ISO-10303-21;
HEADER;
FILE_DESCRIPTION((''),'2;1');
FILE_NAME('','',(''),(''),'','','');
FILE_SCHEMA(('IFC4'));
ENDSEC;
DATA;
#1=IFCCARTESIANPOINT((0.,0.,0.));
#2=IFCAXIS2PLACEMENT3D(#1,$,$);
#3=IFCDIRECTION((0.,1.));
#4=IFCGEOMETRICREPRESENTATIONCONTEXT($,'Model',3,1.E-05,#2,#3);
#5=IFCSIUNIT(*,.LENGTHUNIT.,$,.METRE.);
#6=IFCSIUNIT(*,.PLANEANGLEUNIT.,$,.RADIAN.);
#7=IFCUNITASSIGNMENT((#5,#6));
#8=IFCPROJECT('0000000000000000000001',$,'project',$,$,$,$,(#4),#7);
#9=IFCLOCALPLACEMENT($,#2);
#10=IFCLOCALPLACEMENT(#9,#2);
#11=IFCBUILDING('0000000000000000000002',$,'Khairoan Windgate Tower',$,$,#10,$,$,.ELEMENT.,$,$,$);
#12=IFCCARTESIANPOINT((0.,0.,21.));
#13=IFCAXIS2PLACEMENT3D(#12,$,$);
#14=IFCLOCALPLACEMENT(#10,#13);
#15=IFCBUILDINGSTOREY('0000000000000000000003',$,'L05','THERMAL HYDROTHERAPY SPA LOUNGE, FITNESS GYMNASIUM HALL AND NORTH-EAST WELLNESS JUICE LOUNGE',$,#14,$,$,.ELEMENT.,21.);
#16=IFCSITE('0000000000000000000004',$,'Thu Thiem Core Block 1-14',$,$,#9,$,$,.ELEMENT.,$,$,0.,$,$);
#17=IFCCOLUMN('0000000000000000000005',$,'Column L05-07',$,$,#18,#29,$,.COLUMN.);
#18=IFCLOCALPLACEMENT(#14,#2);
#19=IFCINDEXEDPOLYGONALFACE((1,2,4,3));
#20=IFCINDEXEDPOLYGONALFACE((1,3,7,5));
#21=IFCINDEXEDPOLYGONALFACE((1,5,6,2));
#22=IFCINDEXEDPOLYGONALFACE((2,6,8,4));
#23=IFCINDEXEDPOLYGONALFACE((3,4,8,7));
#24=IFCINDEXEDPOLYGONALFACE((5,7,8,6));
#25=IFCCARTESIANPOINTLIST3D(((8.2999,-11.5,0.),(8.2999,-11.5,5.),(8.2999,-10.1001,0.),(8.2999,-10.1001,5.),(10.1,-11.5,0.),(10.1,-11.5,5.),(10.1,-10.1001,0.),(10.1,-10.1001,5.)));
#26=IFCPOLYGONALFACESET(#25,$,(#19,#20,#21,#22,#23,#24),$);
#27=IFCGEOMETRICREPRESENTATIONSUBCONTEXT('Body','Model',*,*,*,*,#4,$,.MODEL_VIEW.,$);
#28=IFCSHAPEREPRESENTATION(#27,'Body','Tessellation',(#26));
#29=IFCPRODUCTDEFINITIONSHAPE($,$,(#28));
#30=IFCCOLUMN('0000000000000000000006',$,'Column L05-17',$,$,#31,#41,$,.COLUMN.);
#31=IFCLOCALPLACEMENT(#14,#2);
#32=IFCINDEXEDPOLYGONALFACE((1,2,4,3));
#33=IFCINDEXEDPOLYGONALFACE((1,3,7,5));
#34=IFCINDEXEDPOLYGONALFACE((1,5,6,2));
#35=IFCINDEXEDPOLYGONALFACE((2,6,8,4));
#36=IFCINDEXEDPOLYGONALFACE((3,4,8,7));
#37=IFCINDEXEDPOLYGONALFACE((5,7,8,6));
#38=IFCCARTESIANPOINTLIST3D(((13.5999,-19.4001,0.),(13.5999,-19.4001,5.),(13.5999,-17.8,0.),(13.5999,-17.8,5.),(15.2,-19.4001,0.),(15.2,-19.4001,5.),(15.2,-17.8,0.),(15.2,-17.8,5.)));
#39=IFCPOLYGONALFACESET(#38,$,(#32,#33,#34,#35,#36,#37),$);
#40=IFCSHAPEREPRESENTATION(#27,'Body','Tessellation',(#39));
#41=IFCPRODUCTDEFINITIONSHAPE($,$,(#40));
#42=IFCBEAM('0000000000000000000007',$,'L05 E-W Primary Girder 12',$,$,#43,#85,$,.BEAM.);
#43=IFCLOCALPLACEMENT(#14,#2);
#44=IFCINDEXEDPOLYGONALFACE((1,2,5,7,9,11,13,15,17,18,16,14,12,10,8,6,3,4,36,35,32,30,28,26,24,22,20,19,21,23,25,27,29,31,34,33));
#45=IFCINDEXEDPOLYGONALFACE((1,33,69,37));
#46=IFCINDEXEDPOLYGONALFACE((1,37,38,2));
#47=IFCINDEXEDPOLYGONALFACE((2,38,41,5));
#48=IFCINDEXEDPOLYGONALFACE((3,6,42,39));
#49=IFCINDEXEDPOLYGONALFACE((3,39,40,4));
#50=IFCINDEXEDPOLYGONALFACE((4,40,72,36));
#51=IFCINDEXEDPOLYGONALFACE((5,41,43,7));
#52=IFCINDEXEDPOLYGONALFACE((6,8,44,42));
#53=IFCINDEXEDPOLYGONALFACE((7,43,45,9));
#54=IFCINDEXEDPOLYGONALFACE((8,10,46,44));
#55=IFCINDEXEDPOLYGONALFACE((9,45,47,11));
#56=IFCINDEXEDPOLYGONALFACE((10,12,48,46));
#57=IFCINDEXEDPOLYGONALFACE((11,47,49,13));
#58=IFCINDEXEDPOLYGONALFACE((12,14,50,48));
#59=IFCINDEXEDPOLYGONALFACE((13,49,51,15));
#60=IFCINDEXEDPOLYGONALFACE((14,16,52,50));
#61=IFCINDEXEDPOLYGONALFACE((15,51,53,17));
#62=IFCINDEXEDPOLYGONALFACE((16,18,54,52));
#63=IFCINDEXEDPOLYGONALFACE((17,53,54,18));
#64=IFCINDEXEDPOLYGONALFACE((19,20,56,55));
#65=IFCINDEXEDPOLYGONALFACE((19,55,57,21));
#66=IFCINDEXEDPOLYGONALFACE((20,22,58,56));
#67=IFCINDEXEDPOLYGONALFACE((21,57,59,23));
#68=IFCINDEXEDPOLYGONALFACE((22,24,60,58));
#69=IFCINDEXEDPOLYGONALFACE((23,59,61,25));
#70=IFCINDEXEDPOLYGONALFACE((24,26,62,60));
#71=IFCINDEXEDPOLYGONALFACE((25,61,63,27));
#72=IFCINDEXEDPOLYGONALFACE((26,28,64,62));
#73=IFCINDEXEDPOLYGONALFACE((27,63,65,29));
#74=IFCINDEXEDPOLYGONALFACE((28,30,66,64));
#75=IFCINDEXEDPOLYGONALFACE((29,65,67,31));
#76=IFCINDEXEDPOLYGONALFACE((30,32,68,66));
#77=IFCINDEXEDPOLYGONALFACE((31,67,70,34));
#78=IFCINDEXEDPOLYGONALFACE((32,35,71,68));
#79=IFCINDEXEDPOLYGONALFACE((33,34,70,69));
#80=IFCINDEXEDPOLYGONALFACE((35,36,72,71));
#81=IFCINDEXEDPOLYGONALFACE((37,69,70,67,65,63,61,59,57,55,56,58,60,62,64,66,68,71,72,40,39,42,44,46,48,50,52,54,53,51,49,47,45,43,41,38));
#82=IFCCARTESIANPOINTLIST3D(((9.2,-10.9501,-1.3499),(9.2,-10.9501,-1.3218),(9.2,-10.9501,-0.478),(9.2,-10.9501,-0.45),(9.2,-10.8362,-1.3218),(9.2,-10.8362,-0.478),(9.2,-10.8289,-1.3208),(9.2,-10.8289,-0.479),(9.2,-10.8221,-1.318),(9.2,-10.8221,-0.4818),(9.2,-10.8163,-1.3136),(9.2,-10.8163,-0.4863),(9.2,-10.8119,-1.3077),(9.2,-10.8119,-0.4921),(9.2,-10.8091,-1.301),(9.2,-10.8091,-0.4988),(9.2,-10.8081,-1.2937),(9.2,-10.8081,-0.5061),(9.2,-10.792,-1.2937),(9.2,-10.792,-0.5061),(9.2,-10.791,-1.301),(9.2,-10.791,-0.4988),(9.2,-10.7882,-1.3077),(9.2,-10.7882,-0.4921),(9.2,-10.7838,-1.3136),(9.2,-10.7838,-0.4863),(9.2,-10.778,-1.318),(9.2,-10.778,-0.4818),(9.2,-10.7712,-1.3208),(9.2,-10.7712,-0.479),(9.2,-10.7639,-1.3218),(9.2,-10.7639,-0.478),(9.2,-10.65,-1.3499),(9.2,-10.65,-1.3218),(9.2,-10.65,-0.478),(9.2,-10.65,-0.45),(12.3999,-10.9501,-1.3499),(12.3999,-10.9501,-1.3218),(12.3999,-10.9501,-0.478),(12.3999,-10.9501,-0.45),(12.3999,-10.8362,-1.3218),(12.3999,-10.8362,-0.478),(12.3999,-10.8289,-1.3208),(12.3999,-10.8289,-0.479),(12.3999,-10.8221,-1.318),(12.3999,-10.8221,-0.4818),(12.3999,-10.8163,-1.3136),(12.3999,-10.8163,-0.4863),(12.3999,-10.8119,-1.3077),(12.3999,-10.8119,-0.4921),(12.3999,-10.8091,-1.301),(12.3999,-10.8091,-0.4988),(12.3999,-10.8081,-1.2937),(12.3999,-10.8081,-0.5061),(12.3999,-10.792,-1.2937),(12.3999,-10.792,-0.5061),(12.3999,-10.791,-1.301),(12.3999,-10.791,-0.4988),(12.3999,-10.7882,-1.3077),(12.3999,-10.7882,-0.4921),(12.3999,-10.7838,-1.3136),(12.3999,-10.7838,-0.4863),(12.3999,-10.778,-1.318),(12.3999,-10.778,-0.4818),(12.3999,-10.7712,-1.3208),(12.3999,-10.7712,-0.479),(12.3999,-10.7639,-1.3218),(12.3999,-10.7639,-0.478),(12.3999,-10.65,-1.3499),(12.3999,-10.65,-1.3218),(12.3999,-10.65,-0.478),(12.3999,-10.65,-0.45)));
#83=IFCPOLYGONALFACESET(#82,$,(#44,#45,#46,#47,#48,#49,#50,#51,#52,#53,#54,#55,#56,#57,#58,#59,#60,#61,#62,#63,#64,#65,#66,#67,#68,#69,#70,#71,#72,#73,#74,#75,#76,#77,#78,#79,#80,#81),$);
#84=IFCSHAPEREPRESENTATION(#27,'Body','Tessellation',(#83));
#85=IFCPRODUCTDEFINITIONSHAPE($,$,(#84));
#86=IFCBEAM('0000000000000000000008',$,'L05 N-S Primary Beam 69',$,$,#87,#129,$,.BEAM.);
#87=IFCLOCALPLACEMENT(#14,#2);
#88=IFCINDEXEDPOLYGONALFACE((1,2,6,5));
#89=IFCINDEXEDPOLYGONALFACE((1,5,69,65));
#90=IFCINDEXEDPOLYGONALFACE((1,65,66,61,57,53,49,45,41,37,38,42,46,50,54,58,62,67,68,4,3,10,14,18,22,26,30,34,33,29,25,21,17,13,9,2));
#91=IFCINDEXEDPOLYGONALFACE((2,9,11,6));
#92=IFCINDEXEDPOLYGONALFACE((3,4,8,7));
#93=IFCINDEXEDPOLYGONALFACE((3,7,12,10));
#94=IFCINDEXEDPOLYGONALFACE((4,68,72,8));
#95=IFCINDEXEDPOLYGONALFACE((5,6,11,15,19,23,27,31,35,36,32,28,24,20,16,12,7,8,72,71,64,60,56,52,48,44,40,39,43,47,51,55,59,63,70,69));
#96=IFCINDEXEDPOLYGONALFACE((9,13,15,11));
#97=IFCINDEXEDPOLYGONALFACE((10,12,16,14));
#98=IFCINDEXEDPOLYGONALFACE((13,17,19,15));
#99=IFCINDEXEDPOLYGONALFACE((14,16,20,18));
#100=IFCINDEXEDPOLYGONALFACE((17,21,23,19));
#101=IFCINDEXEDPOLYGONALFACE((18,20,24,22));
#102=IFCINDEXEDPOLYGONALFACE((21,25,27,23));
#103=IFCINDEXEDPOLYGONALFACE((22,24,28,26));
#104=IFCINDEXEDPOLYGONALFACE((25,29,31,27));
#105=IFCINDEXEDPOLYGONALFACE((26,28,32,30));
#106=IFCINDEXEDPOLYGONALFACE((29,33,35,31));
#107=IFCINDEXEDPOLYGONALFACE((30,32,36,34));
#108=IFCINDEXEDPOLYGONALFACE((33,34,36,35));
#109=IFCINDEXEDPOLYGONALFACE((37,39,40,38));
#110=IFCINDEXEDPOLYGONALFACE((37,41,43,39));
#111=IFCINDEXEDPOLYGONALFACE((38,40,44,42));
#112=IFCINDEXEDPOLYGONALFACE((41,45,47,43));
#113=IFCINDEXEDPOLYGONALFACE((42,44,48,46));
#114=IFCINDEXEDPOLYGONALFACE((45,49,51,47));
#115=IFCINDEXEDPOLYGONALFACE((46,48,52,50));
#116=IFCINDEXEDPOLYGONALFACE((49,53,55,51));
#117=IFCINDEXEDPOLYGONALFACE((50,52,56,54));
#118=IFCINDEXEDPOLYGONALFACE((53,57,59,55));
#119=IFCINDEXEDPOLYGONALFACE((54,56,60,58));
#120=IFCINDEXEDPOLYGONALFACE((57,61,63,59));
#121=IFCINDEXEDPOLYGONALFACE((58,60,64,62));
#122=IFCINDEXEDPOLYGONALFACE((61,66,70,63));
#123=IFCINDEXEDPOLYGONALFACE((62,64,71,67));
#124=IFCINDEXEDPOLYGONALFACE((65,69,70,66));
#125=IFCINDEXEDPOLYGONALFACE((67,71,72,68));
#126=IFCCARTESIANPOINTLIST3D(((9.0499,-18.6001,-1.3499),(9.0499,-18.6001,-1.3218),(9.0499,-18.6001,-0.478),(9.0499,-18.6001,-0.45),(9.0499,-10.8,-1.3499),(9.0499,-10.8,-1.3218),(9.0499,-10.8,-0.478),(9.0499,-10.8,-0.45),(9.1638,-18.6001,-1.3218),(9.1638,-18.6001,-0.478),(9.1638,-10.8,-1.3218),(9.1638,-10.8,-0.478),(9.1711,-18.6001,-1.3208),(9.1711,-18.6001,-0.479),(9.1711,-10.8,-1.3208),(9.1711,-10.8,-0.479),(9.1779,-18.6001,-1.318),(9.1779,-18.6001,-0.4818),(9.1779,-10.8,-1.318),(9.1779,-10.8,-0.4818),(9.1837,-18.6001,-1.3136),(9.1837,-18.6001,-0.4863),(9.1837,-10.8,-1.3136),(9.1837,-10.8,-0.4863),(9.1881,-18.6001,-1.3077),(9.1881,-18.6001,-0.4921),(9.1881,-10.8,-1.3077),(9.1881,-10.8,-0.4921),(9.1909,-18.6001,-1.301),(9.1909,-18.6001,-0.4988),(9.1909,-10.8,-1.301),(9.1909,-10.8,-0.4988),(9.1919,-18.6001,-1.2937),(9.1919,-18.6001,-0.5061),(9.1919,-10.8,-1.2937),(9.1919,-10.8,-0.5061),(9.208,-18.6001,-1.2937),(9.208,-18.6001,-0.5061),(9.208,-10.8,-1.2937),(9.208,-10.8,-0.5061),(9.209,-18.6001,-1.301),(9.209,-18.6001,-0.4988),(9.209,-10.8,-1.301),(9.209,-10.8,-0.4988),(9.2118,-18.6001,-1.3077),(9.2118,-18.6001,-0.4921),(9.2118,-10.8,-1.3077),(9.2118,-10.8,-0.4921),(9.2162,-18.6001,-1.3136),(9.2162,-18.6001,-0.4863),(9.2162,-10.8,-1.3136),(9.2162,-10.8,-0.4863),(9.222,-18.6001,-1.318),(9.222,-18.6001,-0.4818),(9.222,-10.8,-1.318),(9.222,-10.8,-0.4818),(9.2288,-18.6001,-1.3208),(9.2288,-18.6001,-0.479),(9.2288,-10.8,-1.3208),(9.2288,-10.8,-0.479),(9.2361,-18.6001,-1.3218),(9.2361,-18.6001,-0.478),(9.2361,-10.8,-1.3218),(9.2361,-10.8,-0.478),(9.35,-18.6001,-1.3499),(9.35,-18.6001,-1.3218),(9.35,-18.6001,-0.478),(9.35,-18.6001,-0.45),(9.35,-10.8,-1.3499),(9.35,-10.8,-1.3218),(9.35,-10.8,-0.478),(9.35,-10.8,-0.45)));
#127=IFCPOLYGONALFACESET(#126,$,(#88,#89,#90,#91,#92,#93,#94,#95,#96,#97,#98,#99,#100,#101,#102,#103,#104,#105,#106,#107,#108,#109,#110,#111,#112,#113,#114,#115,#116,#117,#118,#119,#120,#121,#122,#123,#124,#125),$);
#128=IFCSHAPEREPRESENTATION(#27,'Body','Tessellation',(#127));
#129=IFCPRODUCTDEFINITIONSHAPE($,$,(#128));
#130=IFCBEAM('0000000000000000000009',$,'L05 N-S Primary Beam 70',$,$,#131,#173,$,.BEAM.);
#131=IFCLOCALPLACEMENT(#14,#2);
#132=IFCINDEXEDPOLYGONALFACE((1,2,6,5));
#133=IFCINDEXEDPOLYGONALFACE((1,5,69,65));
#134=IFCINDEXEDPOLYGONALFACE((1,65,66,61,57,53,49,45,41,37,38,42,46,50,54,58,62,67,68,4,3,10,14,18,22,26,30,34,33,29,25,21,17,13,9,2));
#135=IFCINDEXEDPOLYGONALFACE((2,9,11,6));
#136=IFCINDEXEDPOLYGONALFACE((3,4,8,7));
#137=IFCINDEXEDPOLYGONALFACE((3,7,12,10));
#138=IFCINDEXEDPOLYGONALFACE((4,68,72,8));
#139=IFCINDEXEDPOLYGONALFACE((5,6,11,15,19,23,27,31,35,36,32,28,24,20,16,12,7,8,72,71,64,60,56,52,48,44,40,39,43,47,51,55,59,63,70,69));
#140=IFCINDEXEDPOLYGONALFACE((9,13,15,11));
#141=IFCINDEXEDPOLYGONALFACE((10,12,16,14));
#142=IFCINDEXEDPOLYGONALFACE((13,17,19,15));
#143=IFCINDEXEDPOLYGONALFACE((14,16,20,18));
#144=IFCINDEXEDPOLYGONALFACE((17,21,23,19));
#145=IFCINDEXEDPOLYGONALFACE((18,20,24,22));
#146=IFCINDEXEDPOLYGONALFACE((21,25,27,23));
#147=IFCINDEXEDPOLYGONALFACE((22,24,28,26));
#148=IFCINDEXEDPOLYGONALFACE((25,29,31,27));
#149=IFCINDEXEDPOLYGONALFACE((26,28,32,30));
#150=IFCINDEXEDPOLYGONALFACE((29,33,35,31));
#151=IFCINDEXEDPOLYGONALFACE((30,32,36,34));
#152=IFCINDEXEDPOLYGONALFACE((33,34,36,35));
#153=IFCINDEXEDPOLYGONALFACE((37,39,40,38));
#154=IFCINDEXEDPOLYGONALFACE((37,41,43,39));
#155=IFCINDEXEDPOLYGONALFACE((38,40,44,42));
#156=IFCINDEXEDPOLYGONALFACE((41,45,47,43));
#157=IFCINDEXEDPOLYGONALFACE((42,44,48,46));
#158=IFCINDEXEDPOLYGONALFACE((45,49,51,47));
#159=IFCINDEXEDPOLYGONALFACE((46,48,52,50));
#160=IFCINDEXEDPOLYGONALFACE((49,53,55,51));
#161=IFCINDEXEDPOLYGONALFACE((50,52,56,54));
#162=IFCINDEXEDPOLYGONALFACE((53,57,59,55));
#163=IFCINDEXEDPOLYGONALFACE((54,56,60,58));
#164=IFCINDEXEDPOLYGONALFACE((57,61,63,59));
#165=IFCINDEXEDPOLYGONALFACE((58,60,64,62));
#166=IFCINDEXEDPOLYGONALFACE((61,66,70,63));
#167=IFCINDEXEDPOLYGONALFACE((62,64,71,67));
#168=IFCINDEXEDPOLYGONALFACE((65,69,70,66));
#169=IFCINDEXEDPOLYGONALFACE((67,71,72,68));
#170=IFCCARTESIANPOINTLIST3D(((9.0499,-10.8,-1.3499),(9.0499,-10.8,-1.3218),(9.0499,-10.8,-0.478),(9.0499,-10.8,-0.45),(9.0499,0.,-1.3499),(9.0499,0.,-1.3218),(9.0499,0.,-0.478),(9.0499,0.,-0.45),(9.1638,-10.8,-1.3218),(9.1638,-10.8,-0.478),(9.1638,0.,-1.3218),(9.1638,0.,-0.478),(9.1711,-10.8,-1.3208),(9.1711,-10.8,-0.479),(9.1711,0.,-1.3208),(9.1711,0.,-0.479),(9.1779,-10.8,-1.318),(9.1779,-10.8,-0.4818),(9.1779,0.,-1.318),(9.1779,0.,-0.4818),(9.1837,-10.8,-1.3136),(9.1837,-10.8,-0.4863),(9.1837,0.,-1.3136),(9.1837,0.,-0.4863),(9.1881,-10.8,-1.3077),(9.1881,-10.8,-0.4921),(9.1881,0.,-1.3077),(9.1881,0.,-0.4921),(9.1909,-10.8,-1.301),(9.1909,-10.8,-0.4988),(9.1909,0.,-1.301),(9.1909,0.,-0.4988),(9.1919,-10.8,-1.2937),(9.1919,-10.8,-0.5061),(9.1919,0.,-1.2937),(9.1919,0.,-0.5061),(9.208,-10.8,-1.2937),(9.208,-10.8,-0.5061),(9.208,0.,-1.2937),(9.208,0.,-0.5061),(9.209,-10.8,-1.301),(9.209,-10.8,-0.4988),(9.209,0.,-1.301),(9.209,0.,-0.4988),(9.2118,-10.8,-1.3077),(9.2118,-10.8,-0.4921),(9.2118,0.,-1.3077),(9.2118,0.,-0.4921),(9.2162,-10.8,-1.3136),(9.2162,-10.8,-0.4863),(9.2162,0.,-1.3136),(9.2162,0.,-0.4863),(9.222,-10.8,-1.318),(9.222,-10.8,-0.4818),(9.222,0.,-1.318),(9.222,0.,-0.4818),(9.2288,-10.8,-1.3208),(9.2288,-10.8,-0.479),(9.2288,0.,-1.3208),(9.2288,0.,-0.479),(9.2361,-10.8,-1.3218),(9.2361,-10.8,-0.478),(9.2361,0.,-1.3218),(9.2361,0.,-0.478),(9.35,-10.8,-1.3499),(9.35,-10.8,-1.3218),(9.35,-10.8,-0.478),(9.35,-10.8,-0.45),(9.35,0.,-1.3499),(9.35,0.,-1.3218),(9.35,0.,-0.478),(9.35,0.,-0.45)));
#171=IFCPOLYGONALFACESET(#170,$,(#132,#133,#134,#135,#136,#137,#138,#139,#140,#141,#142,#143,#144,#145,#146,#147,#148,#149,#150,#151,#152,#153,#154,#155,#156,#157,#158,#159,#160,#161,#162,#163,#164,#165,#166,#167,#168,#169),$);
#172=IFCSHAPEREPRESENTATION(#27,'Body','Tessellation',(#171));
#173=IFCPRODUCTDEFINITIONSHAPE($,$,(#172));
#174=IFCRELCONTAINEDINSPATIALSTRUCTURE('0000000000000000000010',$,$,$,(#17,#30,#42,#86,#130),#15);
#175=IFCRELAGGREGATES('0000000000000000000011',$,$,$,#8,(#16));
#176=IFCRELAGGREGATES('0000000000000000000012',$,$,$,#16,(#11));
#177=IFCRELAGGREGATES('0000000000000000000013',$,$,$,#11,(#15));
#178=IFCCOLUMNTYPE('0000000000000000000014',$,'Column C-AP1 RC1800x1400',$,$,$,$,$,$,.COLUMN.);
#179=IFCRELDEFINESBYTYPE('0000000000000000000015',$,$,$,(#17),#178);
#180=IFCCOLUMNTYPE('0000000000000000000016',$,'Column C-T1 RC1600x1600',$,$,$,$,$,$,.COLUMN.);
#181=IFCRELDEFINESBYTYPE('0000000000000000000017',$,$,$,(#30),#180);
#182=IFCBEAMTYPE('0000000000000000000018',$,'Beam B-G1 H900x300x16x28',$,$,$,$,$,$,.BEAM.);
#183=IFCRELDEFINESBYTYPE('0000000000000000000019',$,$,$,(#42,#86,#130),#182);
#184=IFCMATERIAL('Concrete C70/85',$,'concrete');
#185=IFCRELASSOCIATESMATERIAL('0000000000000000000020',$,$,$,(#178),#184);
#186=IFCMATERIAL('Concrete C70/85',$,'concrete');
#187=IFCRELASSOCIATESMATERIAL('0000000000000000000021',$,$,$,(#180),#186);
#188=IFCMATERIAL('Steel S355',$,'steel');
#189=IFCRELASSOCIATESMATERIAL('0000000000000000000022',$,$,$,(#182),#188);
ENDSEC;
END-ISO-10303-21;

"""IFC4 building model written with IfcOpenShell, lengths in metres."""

from ifc_helpers import new_model, si_unit, direction, frame, origin, origin_2d, place, context, subcontext, project, spatial, rectangle, i_section, extrude, material, material_profile, profile_set, type_object, element, save


model = new_model("IFC4")

# Units and contexts
model_context = context("Model", 3, precision=1e-05, world=origin(), true_north=direction((0.0, 1.0)))
body_context = subcontext(model_context, "Body", "Model", "MODEL_VIEW")
ifc_project = project(units=[si_unit("LENGTHUNIT", "METRE"), si_unit("PLANEANGLEUNIT", "RADIAN")], contexts=[model_context])

# Site, building, storey
site_placement = place(None, origin())
site = spatial("IfcSite", under=ifc_project, at=site_placement, Name="Thu Thiem Core Block 1-14", CompositionType="ELEMENT", RefElevation=0.0)
building_placement = place(site_placement, origin())
building = spatial("IfcBuilding", under=site, at=building_placement, Name="Khairoan Windgate Tower", CompositionType="ELEMENT")
storey_placement = place(building_placement, frame((0.0, 0.0, 21.0)))
storey = spatial("IfcBuildingStorey", under=building, at=storey_placement, Name="L05", Description="THERMAL HYDROTHERAPY SPA LOUNGE, FITNESS GYMNASIUM HALL AND NORTH-EAST WELLNESS JUICE LOUNGE", CompositionType="ELEMENT", Elevation=21.0)

# Columns
ifc_material_1 = material(Name="Concrete C70/85", Category="concrete")
ifc_material_profile_1 = material_profile(ifc_material_1, rectangle(XDim=1.8, YDim=1.3999, at=origin_2d()))
ifc_profile_set_1 = profile_set([ifc_material_profile_1], Name="Concrete C70/85")
column_type_1 = type_object("IfcColumnType", Name="Column C-AP1 RC1800x1400", PredefinedType="COLUMN", material=ifc_profile_set_1)
column_1_placement = place(storey_placement, frame((9.2, -10.8, 0.0), z_axis=(0.0, 0.0, 1.0), x_axis=(1.0, 0.0, 0.0)))
element("IfcColumn", 1, at=column_1_placement, inside=storey, type_object=column_type_1, Name="Column L05-07", PredefinedType="COLUMN", context=body_context, shape_type="SweptSolid", body=[
    extrude(rectangle(XDim=1.8, YDim=1.3999, at=origin_2d()), origin(), (0.0, 0.0, 1.0), 5.0),
])
ifc_material_2 = material(Name="Concrete C70/85", Category="concrete")
ifc_material_profile_2 = material_profile(ifc_material_2, rectangle(XDim=1.6001, YDim=1.6001, at=origin_2d()))
ifc_profile_set_2 = profile_set([ifc_material_profile_2], Name="Concrete C70/85")
column_type_2 = type_object("IfcColumnType", Name="Column C-T1 RC1600x1600", PredefinedType="COLUMN", material=ifc_profile_set_2)
column_2_placement = place(storey_placement, frame((14.3999, -18.6001, 0.0), z_axis=(0.0, 0.0, 1.0), x_axis=(1.0, 0.0, 0.0)))
element("IfcColumn", 2, at=column_2_placement, inside=storey, type_object=column_type_2, Name="Column L05-17", PredefinedType="COLUMN", context=body_context, shape_type="SweptSolid", body=[
    extrude(rectangle(XDim=1.6001, YDim=1.6001, at=origin_2d()), origin(), (0.0, 0.0, 1.0), 5.0),
])

# Beams
ifc_material_3 = material(Name="Steel S355", Category="steel")
ifc_material_profile_3 = material_profile(ifc_material_3, i_section(OverallWidth=0.3, OverallDepth=0.8999, WebThickness=0.0161, FlangeThickness=0.0281, FilletRadius=0.0281, at=origin_2d()))
ifc_profile_set_3 = profile_set([ifc_material_profile_3], Name="Steel S355")
beam_type_1 = type_object("IfcBeamType", Name="Beam B-G1 H900x300x16x28", PredefinedType="BEAM", material=ifc_profile_set_3)
beam_1_placement = place(storey_placement, frame((9.2, -10.8, -0.8999), z_axis=(1.0, 0.0, 0.0), x_axis=(0.0, 1.0, 0.0)))
element("IfcBeam", 3, at=beam_1_placement, inside=storey, type_object=beam_type_1, Name="L05 E-W Primary Girder 12", PredefinedType="BEAM", context=body_context, shape_type="SweptSolid", body=[
    extrude(i_section(OverallWidth=0.3, OverallDepth=0.8999, WebThickness=0.0161, FlangeThickness=0.0281, FilletRadius=0.0281, at=origin_2d()), origin(), (0.0, 0.0, 1.0), 3.2),
])
beam_2_placement = place(storey_placement, frame((9.2, -18.6001, -0.8999), z_axis=(0.0, 1.0, 0.0), x_axis=(-1.0, 0.0, 0.0)))
element("IfcBeam", 4, at=beam_2_placement, inside=storey, type_object=beam_type_1, Name="L05 N-S Primary Beam 69", PredefinedType="BEAM", context=body_context, shape_type="SweptSolid", body=[
    extrude(i_section(OverallWidth=0.3, OverallDepth=0.8999, WebThickness=0.0161, FlangeThickness=0.0281, FilletRadius=0.0281, at=origin_2d()), origin(), (0.0, 0.0, 1.0), 7.8),
])
beam_3_placement = place(storey_placement, frame((9.2, -10.8, -0.8999), z_axis=(0.0, 1.0, 0.0), x_axis=(-1.0, 0.0, 0.0)))
element("IfcBeam", 5, at=beam_3_placement, inside=storey, type_object=beam_type_1, Name="L05 N-S Primary Beam 70", PredefinedType="BEAM", context=body_context, shape_type="SweptSolid", body=[
    extrude(i_section(OverallWidth=0.3, OverallDepth=0.8999, WebThickness=0.0161, FlangeThickness=0.0281, FilletRadius=0.0281, at=origin_2d()), origin(), (0.0, 0.0, 1.0), 10.8),
])

save(model, "model.ifc")
